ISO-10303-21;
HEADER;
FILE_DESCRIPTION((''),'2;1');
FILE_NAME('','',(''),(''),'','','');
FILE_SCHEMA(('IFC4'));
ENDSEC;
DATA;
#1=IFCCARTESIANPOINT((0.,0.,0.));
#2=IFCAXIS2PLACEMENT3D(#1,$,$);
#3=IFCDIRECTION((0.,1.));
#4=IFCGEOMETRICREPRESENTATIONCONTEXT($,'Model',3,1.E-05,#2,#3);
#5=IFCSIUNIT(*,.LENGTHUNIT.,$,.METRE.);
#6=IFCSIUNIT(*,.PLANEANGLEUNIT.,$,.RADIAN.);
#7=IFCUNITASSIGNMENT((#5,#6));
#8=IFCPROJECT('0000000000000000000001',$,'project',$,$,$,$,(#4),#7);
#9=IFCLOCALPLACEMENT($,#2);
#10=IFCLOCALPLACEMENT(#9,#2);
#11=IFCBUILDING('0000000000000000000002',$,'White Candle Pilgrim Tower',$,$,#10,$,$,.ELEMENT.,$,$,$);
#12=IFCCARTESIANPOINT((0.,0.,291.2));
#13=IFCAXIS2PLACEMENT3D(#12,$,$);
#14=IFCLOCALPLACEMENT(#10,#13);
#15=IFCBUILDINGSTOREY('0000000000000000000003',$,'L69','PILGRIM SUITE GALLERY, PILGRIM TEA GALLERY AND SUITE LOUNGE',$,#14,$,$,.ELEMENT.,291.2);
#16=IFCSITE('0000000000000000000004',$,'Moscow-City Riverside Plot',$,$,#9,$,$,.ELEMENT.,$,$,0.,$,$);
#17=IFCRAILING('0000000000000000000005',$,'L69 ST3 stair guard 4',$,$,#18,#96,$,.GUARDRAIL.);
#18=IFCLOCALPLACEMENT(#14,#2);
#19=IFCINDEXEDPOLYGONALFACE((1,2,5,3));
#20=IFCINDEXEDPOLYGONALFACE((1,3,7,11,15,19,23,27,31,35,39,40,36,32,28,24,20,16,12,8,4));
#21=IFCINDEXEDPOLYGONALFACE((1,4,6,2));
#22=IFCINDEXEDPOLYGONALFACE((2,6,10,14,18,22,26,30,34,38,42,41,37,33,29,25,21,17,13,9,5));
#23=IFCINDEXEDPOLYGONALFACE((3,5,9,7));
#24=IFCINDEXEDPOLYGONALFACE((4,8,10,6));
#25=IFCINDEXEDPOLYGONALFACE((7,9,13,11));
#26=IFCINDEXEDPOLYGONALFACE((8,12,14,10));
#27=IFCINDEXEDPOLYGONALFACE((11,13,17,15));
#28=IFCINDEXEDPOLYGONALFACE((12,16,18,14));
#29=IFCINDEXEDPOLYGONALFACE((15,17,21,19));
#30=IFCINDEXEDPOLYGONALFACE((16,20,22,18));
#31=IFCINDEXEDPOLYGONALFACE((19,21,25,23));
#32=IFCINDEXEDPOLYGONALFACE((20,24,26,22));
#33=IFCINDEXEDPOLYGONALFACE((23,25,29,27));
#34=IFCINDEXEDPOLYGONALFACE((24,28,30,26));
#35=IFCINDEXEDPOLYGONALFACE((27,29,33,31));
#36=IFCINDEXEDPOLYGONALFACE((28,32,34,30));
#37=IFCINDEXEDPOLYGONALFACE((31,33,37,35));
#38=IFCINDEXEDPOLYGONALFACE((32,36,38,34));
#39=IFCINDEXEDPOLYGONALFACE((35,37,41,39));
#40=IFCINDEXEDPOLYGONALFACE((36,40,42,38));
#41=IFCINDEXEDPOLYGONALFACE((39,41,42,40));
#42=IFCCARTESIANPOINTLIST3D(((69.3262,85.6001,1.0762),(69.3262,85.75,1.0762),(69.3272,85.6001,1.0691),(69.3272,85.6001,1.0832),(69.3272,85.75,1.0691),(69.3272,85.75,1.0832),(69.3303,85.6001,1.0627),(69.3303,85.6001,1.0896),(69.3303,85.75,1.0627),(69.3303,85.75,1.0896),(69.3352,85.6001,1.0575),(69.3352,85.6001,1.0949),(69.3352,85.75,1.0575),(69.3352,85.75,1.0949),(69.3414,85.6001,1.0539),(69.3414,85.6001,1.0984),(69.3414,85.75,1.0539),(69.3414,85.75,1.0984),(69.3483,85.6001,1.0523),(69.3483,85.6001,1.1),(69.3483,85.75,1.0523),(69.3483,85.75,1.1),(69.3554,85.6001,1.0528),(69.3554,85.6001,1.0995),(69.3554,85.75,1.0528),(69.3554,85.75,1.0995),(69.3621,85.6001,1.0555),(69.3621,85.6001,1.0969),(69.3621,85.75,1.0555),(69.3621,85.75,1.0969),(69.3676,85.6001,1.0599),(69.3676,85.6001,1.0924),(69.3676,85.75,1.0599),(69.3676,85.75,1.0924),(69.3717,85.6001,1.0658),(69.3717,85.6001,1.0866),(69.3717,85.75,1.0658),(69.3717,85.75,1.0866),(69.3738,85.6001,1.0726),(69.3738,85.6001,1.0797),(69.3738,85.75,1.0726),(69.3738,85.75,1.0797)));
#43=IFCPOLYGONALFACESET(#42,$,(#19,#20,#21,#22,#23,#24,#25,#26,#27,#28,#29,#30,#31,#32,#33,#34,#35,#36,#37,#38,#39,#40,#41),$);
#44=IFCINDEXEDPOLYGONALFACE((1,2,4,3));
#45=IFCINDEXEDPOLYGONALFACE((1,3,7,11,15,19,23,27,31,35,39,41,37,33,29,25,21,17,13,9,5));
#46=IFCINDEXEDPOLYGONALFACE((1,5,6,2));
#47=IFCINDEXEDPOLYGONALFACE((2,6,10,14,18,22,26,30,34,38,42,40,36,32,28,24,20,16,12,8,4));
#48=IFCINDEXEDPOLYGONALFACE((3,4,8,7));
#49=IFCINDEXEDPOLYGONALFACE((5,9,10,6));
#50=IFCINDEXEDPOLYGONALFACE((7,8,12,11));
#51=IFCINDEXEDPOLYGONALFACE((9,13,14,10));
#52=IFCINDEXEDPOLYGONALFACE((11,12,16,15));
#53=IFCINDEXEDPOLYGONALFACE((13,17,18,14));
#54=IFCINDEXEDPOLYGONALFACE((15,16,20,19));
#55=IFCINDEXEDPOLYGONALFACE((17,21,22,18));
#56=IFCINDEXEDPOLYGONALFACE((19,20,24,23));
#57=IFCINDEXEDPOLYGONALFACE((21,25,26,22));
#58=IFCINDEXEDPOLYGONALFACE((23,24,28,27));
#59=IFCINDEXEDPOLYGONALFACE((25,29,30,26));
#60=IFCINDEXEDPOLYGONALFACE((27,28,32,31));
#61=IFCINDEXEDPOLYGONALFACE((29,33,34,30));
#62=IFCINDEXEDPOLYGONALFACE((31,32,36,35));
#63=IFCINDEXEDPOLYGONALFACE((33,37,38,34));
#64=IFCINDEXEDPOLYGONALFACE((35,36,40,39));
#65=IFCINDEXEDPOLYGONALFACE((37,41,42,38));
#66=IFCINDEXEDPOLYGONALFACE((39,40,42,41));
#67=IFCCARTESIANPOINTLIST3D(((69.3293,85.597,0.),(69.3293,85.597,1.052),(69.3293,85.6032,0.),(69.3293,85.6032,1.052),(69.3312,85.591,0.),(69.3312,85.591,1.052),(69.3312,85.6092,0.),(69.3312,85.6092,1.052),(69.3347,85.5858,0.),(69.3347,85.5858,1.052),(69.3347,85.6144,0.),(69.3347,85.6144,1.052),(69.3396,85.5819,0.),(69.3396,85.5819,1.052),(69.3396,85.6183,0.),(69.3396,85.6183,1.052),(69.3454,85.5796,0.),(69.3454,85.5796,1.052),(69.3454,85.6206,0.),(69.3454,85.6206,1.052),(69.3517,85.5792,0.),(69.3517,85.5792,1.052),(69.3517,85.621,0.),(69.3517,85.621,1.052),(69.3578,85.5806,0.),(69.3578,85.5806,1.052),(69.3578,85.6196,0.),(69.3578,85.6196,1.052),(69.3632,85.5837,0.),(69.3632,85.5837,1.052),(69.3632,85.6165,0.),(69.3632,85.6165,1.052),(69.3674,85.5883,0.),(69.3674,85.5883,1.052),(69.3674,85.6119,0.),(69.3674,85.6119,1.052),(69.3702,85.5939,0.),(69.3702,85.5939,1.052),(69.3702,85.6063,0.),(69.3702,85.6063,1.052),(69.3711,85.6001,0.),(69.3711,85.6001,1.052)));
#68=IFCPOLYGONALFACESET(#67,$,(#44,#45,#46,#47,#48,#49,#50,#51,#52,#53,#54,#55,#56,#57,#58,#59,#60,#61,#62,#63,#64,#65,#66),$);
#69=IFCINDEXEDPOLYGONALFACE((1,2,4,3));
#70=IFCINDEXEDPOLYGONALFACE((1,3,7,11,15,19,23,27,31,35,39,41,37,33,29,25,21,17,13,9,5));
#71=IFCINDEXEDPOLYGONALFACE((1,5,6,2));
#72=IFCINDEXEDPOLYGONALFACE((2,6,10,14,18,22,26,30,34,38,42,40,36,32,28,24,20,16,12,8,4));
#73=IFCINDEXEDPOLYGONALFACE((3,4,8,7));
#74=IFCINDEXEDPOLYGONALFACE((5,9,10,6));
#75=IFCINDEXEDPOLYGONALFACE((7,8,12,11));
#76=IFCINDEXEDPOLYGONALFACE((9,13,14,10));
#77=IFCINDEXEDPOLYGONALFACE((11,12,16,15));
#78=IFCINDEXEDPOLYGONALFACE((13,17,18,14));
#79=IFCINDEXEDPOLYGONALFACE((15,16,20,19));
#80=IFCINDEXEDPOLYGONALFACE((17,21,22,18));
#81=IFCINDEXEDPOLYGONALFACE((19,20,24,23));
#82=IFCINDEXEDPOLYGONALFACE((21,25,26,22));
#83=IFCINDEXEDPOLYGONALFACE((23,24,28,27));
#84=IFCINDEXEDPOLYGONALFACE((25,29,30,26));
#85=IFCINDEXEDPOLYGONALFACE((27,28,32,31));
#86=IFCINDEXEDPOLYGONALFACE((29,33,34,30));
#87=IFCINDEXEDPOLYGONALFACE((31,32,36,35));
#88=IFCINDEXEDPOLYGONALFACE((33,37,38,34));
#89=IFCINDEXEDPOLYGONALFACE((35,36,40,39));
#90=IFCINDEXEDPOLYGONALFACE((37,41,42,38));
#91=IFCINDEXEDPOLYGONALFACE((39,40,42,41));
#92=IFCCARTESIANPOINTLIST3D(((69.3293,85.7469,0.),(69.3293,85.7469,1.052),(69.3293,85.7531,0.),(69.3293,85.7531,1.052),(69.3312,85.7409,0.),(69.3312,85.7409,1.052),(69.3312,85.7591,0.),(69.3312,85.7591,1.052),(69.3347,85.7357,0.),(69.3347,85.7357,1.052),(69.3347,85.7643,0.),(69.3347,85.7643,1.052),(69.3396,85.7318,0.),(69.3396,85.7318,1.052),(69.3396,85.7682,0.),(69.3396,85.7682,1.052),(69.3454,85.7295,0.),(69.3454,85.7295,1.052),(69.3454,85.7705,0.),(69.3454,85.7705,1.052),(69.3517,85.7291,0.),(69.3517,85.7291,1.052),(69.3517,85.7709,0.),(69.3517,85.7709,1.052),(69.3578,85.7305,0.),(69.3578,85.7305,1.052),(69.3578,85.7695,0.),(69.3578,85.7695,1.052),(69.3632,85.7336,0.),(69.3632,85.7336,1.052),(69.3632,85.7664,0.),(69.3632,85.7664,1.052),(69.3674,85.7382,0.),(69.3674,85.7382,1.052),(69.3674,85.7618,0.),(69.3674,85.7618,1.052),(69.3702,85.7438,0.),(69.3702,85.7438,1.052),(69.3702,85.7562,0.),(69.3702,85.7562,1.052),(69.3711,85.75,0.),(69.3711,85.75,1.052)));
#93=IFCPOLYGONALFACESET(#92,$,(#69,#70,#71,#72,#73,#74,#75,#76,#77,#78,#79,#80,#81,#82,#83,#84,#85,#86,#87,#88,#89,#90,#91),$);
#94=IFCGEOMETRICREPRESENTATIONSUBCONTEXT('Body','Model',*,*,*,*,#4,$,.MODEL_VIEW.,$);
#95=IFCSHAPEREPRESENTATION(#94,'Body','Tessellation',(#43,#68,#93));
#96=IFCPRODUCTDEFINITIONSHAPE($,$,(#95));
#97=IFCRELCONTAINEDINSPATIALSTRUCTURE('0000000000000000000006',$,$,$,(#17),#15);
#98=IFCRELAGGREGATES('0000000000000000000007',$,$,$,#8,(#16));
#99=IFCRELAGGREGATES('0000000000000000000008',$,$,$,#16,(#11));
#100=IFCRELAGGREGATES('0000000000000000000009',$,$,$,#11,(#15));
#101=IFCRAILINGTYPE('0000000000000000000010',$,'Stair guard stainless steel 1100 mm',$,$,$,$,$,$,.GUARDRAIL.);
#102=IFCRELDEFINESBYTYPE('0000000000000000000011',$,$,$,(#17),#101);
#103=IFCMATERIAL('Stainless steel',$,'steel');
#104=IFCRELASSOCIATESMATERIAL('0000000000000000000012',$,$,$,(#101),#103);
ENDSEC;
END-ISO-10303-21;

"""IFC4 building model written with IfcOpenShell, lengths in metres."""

from ifc_helpers import new_model, si_unit, direction, frame, origin, origin_2d, place, context, subcontext, project, spatial, circle, extrude, material, type_object, element, save


model = new_model("IFC4")

# Units and contexts
model_context = context("Model", 3, precision=1e-05, world=origin(), true_north=direction((0.0, 1.0)))
body_context = subcontext(model_context, "Body", "Model", "MODEL_VIEW")
ifc_project = project(units=[si_unit("LENGTHUNIT", "METRE"), si_unit("PLANEANGLEUNIT", "RADIAN")], contexts=[model_context])

# Site, building, storey
site_placement = place(None, origin())
site = spatial("IfcSite", under=ifc_project, at=site_placement, Name="Moscow-City Riverside Plot", CompositionType="ELEMENT", RefElevation=0.0)
building_placement = place(site_placement, origin())
building = spatial("IfcBuilding", under=site, at=building_placement, Name="White Candle Pilgrim Tower", CompositionType="ELEMENT")
storey_placement = place(building_placement, frame((0.0, 0.0, 291.2)))
storey = spatial("IfcBuildingStorey", under=building, at=storey_placement, Name="L69", Description="PILGRIM SUITE GALLERY, PILGRIM TEA GALLERY AND SUITE LOUNGE", CompositionType="ELEMENT", Elevation=291.2)

# Railing
ifc_material_1 = material(Name="Stainless steel", Category="steel")
railing_type_1 = type_object("IfcRailingType", Name="Stair guard stainless steel 1100 mm", PredefinedType="GUARDRAIL", material=ifc_material_1)
railing_1_placement = place(storey_placement, frame((69.3501, 85.6001, 0.0)))
element("IfcRailing", 1, at=railing_1_placement, inside=storey, type_object=railing_type_1, Name="L69 ST3 stair guard 4", PredefinedType="GUARDRAIL", context=body_context, shape_type="SweptSolid", body=[
    extrude(circle(Radius=0.0239, at=origin_2d()), frame((0.0, 0.0, 1.0762), z_axis=(0.0, 1.0, 0.0), x_axis=(-1.0, 0.0, 0.0)), (0.0, 0.0, 1.0), 0.1499),
    extrude(circle(Radius=0.021, at=origin_2d()), origin(), (0.0, 0.0, 1.0), 1.052),
    extrude(circle(Radius=0.021, at=origin_2d()), frame((0.0, 0.1499, 0.0)), (0.0, 0.0, 1.0), 1.052),
])

save(model, "model.ifc")
